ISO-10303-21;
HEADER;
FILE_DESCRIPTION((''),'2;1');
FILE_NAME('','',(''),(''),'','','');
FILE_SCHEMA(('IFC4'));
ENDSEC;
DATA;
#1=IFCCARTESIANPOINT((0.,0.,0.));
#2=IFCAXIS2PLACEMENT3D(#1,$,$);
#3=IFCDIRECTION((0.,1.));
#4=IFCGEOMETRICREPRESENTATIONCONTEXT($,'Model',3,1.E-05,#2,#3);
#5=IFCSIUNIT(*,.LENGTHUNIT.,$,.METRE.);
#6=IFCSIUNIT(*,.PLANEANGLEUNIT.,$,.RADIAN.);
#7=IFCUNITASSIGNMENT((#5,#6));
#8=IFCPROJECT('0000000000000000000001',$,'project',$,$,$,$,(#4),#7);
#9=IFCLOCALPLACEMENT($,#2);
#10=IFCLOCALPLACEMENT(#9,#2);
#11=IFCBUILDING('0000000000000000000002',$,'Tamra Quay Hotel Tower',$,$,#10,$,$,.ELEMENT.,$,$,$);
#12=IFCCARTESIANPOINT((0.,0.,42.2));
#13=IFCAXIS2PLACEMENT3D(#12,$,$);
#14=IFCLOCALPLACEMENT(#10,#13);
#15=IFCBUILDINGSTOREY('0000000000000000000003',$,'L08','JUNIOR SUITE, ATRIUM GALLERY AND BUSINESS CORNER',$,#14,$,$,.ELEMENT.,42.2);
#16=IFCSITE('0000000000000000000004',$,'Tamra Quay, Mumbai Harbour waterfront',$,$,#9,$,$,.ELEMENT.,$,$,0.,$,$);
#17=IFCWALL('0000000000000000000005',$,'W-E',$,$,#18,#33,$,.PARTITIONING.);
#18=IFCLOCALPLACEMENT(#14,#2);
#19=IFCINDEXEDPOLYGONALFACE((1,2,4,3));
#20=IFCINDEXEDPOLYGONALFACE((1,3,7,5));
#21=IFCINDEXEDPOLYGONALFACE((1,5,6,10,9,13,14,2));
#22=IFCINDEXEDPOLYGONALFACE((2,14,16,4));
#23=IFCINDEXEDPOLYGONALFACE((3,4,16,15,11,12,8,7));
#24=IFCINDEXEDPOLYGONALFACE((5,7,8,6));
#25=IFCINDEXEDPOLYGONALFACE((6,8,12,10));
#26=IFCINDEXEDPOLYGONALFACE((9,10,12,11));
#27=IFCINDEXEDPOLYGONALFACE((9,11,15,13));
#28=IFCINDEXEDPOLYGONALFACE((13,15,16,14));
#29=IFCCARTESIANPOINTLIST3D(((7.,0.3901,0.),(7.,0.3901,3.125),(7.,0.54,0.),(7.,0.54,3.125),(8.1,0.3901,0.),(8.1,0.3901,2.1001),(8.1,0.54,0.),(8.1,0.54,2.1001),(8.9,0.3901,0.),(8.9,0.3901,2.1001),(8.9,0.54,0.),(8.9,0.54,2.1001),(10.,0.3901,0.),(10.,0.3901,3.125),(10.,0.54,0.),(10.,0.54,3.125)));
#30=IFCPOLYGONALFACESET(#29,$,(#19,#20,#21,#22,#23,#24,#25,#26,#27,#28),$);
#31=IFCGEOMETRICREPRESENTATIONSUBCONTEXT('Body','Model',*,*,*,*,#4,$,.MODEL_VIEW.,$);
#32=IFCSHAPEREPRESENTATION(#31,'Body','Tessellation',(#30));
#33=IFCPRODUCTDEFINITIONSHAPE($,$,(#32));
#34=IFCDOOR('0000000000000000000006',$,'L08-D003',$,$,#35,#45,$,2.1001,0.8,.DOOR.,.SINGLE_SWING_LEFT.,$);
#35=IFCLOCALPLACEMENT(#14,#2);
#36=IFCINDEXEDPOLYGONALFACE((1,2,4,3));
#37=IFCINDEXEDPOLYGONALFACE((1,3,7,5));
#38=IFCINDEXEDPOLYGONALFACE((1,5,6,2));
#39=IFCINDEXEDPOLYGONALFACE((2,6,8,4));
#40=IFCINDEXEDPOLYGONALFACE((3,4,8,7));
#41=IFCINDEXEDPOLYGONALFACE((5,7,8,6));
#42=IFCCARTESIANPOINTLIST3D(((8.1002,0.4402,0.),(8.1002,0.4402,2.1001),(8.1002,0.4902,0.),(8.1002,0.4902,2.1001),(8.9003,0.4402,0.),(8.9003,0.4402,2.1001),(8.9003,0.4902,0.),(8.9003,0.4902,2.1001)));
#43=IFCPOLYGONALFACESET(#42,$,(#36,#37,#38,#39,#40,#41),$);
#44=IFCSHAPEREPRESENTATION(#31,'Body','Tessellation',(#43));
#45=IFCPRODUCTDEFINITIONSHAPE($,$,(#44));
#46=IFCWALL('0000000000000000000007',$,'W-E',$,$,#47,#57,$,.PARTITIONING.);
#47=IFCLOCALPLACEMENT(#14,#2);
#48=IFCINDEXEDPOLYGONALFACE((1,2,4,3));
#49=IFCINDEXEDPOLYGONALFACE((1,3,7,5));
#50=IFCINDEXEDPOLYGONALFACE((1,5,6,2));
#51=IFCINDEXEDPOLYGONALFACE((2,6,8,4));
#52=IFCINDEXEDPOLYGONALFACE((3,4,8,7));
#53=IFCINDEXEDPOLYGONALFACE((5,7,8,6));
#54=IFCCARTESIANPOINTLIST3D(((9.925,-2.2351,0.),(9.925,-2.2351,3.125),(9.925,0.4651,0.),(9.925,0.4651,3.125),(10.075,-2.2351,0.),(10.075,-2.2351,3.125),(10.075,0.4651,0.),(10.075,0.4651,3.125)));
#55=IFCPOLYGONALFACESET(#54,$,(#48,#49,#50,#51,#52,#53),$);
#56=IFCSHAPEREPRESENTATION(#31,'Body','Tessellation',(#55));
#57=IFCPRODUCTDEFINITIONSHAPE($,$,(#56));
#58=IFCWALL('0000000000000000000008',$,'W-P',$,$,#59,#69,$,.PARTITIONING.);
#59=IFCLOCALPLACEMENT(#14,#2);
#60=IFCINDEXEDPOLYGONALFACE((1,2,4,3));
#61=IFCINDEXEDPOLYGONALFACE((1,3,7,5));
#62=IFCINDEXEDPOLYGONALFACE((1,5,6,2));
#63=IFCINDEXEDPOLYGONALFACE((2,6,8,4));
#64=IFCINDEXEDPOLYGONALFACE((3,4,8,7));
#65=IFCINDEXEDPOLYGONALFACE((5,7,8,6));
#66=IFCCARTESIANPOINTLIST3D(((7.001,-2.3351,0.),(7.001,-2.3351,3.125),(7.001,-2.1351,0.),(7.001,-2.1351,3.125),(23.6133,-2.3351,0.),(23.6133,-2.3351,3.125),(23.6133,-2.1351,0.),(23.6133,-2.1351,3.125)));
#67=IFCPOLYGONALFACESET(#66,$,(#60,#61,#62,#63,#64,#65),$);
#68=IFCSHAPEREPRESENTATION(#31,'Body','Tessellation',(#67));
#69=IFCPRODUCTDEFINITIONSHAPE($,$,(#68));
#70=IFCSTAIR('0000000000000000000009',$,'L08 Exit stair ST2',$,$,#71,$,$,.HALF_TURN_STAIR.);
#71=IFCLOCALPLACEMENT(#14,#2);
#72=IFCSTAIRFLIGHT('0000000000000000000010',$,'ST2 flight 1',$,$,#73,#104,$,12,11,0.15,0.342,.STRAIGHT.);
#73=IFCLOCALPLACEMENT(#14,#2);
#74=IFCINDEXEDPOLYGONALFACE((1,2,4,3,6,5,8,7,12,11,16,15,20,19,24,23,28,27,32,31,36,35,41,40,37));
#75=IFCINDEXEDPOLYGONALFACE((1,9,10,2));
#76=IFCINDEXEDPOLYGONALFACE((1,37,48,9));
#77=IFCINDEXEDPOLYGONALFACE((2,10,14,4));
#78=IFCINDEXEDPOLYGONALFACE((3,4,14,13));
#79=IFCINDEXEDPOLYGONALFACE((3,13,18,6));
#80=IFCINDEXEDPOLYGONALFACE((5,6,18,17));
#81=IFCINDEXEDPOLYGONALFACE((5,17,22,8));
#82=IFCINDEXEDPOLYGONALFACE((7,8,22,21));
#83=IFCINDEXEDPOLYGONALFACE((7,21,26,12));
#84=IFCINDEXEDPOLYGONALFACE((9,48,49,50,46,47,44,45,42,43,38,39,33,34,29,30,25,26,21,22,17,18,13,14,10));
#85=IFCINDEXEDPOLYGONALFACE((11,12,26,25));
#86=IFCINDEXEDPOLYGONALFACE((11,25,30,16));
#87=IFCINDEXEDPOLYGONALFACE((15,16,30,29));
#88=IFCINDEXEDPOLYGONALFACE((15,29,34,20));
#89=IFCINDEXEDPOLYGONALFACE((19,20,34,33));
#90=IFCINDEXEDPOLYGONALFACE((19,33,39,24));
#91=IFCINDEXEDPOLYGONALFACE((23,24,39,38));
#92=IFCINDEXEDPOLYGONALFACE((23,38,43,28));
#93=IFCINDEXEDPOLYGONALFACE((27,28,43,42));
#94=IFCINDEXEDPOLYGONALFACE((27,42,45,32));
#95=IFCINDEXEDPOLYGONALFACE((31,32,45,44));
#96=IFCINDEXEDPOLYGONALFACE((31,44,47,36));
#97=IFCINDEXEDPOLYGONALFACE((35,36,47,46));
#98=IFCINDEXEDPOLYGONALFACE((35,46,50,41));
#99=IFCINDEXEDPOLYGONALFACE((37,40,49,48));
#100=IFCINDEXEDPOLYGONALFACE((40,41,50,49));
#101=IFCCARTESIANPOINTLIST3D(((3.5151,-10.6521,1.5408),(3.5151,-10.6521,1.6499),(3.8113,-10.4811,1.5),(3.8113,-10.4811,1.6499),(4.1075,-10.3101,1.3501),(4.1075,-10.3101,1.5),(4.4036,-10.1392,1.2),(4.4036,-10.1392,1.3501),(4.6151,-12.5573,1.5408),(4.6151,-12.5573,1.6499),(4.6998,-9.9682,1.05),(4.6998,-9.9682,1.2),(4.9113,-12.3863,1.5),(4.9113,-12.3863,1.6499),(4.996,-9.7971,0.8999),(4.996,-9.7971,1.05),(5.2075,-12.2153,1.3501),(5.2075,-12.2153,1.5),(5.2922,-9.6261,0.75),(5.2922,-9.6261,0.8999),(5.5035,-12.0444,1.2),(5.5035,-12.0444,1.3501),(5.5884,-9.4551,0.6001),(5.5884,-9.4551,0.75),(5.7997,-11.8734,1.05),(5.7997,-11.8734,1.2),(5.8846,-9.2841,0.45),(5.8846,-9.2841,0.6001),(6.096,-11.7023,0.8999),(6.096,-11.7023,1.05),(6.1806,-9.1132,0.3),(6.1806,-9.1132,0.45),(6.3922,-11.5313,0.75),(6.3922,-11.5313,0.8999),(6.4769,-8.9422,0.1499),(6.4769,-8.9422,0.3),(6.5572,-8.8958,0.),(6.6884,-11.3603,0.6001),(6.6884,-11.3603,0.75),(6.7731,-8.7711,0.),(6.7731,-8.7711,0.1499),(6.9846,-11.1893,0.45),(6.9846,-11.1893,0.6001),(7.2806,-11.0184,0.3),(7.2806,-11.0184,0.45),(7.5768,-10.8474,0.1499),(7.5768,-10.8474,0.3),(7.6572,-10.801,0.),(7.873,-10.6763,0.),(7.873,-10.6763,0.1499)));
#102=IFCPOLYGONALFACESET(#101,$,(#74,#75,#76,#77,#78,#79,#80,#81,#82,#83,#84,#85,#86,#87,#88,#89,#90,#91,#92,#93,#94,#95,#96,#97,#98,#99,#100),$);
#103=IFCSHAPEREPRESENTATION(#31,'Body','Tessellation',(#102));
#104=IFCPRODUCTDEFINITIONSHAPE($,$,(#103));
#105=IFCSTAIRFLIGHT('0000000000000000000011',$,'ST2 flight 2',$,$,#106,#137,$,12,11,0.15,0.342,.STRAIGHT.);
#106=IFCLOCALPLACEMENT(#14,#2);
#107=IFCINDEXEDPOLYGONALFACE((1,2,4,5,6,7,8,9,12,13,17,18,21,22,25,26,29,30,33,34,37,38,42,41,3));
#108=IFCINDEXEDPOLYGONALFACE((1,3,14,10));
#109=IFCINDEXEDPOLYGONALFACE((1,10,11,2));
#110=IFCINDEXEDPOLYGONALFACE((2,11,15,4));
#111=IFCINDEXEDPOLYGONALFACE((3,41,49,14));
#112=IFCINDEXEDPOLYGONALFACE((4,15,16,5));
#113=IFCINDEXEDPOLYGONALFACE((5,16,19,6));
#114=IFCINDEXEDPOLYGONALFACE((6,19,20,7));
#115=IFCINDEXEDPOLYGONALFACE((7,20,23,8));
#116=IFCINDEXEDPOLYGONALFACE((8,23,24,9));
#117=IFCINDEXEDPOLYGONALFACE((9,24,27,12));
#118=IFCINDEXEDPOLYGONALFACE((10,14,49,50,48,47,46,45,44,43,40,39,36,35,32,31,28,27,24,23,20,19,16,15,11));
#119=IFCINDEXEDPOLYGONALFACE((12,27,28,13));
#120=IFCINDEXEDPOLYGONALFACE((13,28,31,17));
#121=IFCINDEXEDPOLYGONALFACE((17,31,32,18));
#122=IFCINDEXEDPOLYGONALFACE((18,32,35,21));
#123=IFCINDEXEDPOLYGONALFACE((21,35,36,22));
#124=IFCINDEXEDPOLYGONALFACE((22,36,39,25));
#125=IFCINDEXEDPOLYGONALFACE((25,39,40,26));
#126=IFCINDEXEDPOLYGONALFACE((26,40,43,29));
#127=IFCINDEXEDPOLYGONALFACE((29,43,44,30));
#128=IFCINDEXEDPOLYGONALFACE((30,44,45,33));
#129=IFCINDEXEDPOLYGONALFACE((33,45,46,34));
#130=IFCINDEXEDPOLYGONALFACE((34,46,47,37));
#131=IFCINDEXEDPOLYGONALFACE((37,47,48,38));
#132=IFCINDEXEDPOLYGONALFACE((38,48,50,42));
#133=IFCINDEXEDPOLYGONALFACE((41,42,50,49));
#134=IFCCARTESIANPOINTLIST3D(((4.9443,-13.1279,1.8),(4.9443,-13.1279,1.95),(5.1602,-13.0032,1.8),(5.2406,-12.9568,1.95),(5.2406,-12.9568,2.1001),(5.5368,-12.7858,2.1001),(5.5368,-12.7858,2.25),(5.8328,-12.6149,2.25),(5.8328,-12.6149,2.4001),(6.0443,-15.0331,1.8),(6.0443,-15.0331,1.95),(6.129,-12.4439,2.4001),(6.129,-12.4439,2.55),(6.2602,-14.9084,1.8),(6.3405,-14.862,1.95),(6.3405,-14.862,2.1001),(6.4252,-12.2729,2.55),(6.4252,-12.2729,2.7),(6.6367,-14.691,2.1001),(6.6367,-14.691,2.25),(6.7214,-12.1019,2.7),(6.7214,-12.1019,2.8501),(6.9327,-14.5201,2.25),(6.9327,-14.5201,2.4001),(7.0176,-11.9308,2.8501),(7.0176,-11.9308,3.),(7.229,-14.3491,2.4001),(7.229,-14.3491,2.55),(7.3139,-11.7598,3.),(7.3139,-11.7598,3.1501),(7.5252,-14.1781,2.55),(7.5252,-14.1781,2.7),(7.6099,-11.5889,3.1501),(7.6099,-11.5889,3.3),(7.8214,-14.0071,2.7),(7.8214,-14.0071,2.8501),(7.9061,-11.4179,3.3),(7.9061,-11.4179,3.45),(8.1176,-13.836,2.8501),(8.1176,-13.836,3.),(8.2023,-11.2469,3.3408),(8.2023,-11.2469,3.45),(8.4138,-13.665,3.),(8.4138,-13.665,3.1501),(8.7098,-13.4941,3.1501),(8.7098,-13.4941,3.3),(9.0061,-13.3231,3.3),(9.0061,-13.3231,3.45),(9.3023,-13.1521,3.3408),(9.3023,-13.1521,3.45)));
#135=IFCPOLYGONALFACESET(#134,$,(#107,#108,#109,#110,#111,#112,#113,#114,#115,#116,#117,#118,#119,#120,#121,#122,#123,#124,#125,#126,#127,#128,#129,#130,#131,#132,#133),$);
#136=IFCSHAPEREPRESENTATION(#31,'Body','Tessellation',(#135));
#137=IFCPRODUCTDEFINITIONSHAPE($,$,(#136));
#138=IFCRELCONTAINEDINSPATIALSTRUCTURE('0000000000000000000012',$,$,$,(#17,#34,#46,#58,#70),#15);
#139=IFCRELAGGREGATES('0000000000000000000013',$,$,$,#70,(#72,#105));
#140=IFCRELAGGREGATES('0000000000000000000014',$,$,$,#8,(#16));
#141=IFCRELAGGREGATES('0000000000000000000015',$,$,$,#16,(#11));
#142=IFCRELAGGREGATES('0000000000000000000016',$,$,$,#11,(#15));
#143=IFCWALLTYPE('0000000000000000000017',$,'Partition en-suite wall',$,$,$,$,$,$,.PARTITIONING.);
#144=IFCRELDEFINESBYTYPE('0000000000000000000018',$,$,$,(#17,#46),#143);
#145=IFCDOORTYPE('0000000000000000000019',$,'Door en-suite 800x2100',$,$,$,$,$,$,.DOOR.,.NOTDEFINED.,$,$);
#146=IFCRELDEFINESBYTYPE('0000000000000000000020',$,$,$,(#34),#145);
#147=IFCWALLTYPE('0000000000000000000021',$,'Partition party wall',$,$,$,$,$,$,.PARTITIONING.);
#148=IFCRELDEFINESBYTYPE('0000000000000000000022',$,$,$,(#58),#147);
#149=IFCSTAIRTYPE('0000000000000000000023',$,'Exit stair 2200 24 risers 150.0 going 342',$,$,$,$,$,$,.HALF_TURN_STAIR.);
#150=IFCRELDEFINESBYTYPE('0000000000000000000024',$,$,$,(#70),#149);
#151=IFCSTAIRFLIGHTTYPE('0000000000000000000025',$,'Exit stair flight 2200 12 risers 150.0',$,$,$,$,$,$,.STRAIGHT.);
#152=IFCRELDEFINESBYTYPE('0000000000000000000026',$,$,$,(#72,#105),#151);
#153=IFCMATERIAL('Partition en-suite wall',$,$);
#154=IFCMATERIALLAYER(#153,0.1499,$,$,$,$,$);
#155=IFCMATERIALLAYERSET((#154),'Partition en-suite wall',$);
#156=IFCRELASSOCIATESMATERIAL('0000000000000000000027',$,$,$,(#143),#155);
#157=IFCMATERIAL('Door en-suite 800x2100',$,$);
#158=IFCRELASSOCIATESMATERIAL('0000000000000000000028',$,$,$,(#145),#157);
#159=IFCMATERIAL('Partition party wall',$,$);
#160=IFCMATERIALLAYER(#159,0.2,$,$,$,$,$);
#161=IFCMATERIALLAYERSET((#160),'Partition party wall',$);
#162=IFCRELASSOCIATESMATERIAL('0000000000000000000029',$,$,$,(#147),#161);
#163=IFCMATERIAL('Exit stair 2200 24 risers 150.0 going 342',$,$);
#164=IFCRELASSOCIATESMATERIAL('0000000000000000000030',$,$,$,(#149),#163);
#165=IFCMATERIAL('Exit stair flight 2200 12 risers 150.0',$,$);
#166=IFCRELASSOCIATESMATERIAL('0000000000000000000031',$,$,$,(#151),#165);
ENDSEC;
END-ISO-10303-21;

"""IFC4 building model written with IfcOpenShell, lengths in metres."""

from ifc_helpers import new_model, si_unit, direction, frame, frame_2d, origin, place, context, subcontext, project, spatial, polyline, rectangle, outline, extrude, material, layer, layer_set, type_object, element, fill, aggregate, save


model = new_model("IFC4")

# Units and contexts
model_context = context("Model", 3, precision=1e-05, world=origin(), true_north=direction((0.0, 1.0)))
body_context = subcontext(model_context, "Body", "Model", "MODEL_VIEW")
ifc_project = project(units=[si_unit("LENGTHUNIT", "METRE"), si_unit("PLANEANGLEUNIT", "RADIAN")], contexts=[model_context])

# Site, building, storey
site_placement = place(None, origin())
site = spatial("IfcSite", under=ifc_project, at=site_placement, Name="Tamra Quay, Mumbai Harbour waterfront", CompositionType="ELEMENT", RefElevation=0.0)
building_placement = place(site_placement, origin())
building = spatial("IfcBuilding", under=site, at=building_placement, Name="Tamra Quay Hotel Tower", CompositionType="ELEMENT")
storey_placement = place(building_placement, frame((0.0, 0.0, 42.2)))
storey = spatial("IfcBuildingStorey", under=building, at=storey_placement, Name="L08", Description="JUNIOR SUITE, ATRIUM GALLERY AND BUSINESS CORNER", CompositionType="ELEMENT", Elevation=42.2)

# Wall, opening, door
ifc_material_1 = material(Name="Partition en-suite wall")
ifc_layer_1 = layer(ifc_material_1, 0.1499)
ifc_layer_set_1 = layer_set([ifc_layer_1], Name="Partition en-suite wall")
wall_type_1 = type_object("IfcWallType", Name="Partition en-suite wall", PredefinedType="PARTITIONING", material=ifc_layer_set_1)
wall_1_placement = place(storey_placement, frame((7.0, 0.4651, 0.0), z_axis=(0.0, 0.0, 1.0), x_axis=(1.0, 0.0, 0.0)))
wall_1 = element("IfcWall", 1, at=wall_1_placement, inside=storey, type_object=wall_type_1, Name="W-E", PredefinedType="PARTITIONING", context=body_context, shape_type="SweptSolid", body=[
    extrude(rectangle(XDim=3.0, YDim=0.1499, at=frame_2d((1.5, 0.0))), origin(), (0.0, 0.0, 1.0), 3.125),
])
opening_1_placement = place(wall_1_placement, frame((1.1001, 0.0, 0.0)))
opening_1 = element("IfcOpeningElement", 2, at=opening_1_placement, cuts=wall_1, PredefinedType="OPENING", context=body_context, shape_type="SweptSolid", body=[
    extrude(rectangle(XDim=0.8, YDim=2.1001, at=frame_2d((0.3999, 1.05))), frame((0.0, 0.085, 0.0), z_axis=(0.0, -1.0, 0.0), x_axis=(1.0, 0.0, 0.0)), (0.0, 0.0, 1.0), 0.1699),
])
ifc_material_2 = material(Name="Door en-suite 800x2100")
door_type_1 = type_object("IfcDoorType", Name="Door en-suite 800x2100", OperationType="NOTDEFINED", PredefinedType="DOOR", material=ifc_material_2)
door_1_placement = place(opening_1_placement, frame((0.8, 0.0, 0.0), z_axis=(0.0, 0.0, 1.0), x_axis=(-1.0, 0.0, 0.0)))
door_1 = element("IfcDoor", 3, at=door_1_placement, inside=storey, type_object=door_type_1, Name="L08-D003", OperationType="SINGLE_SWING_LEFT", OverallHeight=2.1001, OverallWidth=0.8, PredefinedType="DOOR", context=body_context, shape_type="SweptSolid", body=[
    extrude(rectangle(XDim=0.8, YDim=2.1001, at=frame_2d((0.3999, 1.05))), frame((0.0, 0.0249, 0.0), z_axis=(0.0, -1.0, 0.0), x_axis=(1.0, 0.0, 0.0)), (0.0, 0.0, 1.0), 0.05),
])
fill(opening_1, door_1)

# Walls
wall_2_placement = place(storey_placement, frame((10.0, -2.2351, 0.0), z_axis=(0.0, 0.0, 1.0), x_axis=(0.0, 1.0, 0.0)))
element("IfcWall", 4, at=wall_2_placement, inside=storey, type_object=wall_type_1, Name="W-E", PredefinedType="PARTITIONING", context=body_context, shape_type="SweptSolid", body=[
    extrude(rectangle(XDim=2.7002, YDim=0.1499, at=frame_2d((1.3501, 0.0))), origin(), (0.0, 0.0, 1.0), 3.125),
])
ifc_material_3 = material(Name="Partition party wall")
ifc_layer_2 = layer(ifc_material_3, 0.2)
ifc_layer_set_2 = layer_set([ifc_layer_2], Name="Partition party wall")
wall_type_2 = type_object("IfcWallType", Name="Partition party wall", PredefinedType="PARTITIONING", material=ifc_layer_set_2)
wall_3_placement = place(storey_placement, frame((7.001, -2.2351, 0.0), z_axis=(0.0, 0.0, 1.0), x_axis=(1.0, 0.0, 0.0)))
element("IfcWall", 5, at=wall_3_placement, inside=storey, type_object=wall_type_2, Name="W-P", PredefinedType="PARTITIONING", context=body_context, shape_type="SweptSolid", body=[
    extrude(rectangle(XDim=16.6123, YDim=0.2, at=frame_2d((8.3062, 0.0))), origin(), (0.0, 0.0, 1.0), 3.125),
])

# Stair, stair flights
ifc_material_4 = material(Name="Exit stair 2200 24 risers 150.0 going 342")
stair_type = type_object("IfcStairType", Name="Exit stair 2200 24 risers 150.0 going 342", PredefinedType="HALF_TURN_STAIR", material=ifc_material_4)
stair_placement = place(storey_placement, origin())
stair = element("IfcStair", 6, at=stair_placement, inside=storey, type_object=stair_type, Name="L08 Exit stair ST2", PredefinedType="HALF_TURN_STAIR")
ifc_material_5 = material(Name="Exit stair flight 2200 12 risers 150.0")
stair_flight_type = type_object("IfcStairFlightType", Name="Exit stair flight 2200 12 risers 150.0", PredefinedType="STRAIGHT", material=ifc_material_5)
stair_flight_1_placement = place(storey_placement, frame((7.323, -9.7236, 0.0), z_axis=(0.0, 0.0, 1.0), x_axis=(-0.866025, -0.5, 0.0)))
stair_flight_1 = element("IfcStairFlight", 7, at=stair_flight_1_placement, type_object=stair_flight_type, Name="ST2 flight 1", NumberOfRisers=12, NumberOfTreads=11, PredefinedType="STRAIGHT", RiserHeight=0.15, TreadLength=0.342, context=body_context, shape_type="SweptSolid", body=[
    extrude(outline(polyline([(0.0, 0.0), (0.0, 0.1499), (0.342, 0.1499), (0.342, 0.3), (0.6841, 0.3), (0.6841, 0.45), (1.0259, 0.45), (1.0259, 0.6001), (1.3679, 0.6001), (1.3679, 0.75), (1.71, 0.75), (1.71, 0.8999), (2.052, 0.8999), (2.052, 1.05), (2.394, 1.05), (2.394, 1.2), (2.7361, 1.2), (2.7361, 1.3501), (3.0779, 1.3501), (3.0779, 1.5), (3.4199, 1.5), (3.4199, 1.6499), (3.762, 1.6499), (3.762, 1.8), (3.762, 1.5408), (0.2493, 0.0), (0.0, 0.0)])), frame((0.0, 1.1001, 0.0), z_axis=(0.0, -1.0, 0.0), x_axis=(1.0, 0.0, 0.0)), (0.0, 0.0, 1.0), 2.2),
])
stair_flight_2_placement = place(storey_placement, frame((5.4944, -14.0806, 1.8), z_axis=(0.0, 0.0, 1.0), x_axis=(0.866025, 0.5, 0.0)))
stair_flight_2 = element("IfcStairFlight", 8, at=stair_flight_2_placement, type_object=stair_flight_type, Name="ST2 flight 2", NumberOfRisers=12, NumberOfTreads=11, PredefinedType="STRAIGHT", RiserHeight=0.15, TreadLength=0.342, context=body_context, shape_type="SweptSolid", body=[
    extrude(outline(polyline([(0.0, 0.0), (0.0, 0.1499), (0.342, 0.1499), (0.342, 0.3), (0.6841, 0.3), (0.6841, 0.45), (1.0259, 0.45), (1.0259, 0.6001), (1.3679, 0.6001), (1.3679, 0.75), (1.71, 0.75), (1.71, 0.8999), (2.052, 0.8999), (2.052, 1.05), (2.394, 1.05), (2.394, 1.2), (2.7361, 1.2), (2.7361, 1.3501), (3.0779, 1.3501), (3.0779, 1.5), (3.4199, 1.5), (3.4199, 1.6499), (3.762, 1.6499), (3.762, 1.8), (3.762, 1.5408), (0.2493, 0.0), (0.0, 0.0)])), frame((0.0, 1.1001, 0.0), z_axis=(0.0, -1.0, 0.0), x_axis=(1.0, 0.0, 0.0)), (0.0, 0.0, 1.0), 2.2),
])
aggregate(stair, [stair_flight_1, stair_flight_2])

save(model, "model.ifc")
